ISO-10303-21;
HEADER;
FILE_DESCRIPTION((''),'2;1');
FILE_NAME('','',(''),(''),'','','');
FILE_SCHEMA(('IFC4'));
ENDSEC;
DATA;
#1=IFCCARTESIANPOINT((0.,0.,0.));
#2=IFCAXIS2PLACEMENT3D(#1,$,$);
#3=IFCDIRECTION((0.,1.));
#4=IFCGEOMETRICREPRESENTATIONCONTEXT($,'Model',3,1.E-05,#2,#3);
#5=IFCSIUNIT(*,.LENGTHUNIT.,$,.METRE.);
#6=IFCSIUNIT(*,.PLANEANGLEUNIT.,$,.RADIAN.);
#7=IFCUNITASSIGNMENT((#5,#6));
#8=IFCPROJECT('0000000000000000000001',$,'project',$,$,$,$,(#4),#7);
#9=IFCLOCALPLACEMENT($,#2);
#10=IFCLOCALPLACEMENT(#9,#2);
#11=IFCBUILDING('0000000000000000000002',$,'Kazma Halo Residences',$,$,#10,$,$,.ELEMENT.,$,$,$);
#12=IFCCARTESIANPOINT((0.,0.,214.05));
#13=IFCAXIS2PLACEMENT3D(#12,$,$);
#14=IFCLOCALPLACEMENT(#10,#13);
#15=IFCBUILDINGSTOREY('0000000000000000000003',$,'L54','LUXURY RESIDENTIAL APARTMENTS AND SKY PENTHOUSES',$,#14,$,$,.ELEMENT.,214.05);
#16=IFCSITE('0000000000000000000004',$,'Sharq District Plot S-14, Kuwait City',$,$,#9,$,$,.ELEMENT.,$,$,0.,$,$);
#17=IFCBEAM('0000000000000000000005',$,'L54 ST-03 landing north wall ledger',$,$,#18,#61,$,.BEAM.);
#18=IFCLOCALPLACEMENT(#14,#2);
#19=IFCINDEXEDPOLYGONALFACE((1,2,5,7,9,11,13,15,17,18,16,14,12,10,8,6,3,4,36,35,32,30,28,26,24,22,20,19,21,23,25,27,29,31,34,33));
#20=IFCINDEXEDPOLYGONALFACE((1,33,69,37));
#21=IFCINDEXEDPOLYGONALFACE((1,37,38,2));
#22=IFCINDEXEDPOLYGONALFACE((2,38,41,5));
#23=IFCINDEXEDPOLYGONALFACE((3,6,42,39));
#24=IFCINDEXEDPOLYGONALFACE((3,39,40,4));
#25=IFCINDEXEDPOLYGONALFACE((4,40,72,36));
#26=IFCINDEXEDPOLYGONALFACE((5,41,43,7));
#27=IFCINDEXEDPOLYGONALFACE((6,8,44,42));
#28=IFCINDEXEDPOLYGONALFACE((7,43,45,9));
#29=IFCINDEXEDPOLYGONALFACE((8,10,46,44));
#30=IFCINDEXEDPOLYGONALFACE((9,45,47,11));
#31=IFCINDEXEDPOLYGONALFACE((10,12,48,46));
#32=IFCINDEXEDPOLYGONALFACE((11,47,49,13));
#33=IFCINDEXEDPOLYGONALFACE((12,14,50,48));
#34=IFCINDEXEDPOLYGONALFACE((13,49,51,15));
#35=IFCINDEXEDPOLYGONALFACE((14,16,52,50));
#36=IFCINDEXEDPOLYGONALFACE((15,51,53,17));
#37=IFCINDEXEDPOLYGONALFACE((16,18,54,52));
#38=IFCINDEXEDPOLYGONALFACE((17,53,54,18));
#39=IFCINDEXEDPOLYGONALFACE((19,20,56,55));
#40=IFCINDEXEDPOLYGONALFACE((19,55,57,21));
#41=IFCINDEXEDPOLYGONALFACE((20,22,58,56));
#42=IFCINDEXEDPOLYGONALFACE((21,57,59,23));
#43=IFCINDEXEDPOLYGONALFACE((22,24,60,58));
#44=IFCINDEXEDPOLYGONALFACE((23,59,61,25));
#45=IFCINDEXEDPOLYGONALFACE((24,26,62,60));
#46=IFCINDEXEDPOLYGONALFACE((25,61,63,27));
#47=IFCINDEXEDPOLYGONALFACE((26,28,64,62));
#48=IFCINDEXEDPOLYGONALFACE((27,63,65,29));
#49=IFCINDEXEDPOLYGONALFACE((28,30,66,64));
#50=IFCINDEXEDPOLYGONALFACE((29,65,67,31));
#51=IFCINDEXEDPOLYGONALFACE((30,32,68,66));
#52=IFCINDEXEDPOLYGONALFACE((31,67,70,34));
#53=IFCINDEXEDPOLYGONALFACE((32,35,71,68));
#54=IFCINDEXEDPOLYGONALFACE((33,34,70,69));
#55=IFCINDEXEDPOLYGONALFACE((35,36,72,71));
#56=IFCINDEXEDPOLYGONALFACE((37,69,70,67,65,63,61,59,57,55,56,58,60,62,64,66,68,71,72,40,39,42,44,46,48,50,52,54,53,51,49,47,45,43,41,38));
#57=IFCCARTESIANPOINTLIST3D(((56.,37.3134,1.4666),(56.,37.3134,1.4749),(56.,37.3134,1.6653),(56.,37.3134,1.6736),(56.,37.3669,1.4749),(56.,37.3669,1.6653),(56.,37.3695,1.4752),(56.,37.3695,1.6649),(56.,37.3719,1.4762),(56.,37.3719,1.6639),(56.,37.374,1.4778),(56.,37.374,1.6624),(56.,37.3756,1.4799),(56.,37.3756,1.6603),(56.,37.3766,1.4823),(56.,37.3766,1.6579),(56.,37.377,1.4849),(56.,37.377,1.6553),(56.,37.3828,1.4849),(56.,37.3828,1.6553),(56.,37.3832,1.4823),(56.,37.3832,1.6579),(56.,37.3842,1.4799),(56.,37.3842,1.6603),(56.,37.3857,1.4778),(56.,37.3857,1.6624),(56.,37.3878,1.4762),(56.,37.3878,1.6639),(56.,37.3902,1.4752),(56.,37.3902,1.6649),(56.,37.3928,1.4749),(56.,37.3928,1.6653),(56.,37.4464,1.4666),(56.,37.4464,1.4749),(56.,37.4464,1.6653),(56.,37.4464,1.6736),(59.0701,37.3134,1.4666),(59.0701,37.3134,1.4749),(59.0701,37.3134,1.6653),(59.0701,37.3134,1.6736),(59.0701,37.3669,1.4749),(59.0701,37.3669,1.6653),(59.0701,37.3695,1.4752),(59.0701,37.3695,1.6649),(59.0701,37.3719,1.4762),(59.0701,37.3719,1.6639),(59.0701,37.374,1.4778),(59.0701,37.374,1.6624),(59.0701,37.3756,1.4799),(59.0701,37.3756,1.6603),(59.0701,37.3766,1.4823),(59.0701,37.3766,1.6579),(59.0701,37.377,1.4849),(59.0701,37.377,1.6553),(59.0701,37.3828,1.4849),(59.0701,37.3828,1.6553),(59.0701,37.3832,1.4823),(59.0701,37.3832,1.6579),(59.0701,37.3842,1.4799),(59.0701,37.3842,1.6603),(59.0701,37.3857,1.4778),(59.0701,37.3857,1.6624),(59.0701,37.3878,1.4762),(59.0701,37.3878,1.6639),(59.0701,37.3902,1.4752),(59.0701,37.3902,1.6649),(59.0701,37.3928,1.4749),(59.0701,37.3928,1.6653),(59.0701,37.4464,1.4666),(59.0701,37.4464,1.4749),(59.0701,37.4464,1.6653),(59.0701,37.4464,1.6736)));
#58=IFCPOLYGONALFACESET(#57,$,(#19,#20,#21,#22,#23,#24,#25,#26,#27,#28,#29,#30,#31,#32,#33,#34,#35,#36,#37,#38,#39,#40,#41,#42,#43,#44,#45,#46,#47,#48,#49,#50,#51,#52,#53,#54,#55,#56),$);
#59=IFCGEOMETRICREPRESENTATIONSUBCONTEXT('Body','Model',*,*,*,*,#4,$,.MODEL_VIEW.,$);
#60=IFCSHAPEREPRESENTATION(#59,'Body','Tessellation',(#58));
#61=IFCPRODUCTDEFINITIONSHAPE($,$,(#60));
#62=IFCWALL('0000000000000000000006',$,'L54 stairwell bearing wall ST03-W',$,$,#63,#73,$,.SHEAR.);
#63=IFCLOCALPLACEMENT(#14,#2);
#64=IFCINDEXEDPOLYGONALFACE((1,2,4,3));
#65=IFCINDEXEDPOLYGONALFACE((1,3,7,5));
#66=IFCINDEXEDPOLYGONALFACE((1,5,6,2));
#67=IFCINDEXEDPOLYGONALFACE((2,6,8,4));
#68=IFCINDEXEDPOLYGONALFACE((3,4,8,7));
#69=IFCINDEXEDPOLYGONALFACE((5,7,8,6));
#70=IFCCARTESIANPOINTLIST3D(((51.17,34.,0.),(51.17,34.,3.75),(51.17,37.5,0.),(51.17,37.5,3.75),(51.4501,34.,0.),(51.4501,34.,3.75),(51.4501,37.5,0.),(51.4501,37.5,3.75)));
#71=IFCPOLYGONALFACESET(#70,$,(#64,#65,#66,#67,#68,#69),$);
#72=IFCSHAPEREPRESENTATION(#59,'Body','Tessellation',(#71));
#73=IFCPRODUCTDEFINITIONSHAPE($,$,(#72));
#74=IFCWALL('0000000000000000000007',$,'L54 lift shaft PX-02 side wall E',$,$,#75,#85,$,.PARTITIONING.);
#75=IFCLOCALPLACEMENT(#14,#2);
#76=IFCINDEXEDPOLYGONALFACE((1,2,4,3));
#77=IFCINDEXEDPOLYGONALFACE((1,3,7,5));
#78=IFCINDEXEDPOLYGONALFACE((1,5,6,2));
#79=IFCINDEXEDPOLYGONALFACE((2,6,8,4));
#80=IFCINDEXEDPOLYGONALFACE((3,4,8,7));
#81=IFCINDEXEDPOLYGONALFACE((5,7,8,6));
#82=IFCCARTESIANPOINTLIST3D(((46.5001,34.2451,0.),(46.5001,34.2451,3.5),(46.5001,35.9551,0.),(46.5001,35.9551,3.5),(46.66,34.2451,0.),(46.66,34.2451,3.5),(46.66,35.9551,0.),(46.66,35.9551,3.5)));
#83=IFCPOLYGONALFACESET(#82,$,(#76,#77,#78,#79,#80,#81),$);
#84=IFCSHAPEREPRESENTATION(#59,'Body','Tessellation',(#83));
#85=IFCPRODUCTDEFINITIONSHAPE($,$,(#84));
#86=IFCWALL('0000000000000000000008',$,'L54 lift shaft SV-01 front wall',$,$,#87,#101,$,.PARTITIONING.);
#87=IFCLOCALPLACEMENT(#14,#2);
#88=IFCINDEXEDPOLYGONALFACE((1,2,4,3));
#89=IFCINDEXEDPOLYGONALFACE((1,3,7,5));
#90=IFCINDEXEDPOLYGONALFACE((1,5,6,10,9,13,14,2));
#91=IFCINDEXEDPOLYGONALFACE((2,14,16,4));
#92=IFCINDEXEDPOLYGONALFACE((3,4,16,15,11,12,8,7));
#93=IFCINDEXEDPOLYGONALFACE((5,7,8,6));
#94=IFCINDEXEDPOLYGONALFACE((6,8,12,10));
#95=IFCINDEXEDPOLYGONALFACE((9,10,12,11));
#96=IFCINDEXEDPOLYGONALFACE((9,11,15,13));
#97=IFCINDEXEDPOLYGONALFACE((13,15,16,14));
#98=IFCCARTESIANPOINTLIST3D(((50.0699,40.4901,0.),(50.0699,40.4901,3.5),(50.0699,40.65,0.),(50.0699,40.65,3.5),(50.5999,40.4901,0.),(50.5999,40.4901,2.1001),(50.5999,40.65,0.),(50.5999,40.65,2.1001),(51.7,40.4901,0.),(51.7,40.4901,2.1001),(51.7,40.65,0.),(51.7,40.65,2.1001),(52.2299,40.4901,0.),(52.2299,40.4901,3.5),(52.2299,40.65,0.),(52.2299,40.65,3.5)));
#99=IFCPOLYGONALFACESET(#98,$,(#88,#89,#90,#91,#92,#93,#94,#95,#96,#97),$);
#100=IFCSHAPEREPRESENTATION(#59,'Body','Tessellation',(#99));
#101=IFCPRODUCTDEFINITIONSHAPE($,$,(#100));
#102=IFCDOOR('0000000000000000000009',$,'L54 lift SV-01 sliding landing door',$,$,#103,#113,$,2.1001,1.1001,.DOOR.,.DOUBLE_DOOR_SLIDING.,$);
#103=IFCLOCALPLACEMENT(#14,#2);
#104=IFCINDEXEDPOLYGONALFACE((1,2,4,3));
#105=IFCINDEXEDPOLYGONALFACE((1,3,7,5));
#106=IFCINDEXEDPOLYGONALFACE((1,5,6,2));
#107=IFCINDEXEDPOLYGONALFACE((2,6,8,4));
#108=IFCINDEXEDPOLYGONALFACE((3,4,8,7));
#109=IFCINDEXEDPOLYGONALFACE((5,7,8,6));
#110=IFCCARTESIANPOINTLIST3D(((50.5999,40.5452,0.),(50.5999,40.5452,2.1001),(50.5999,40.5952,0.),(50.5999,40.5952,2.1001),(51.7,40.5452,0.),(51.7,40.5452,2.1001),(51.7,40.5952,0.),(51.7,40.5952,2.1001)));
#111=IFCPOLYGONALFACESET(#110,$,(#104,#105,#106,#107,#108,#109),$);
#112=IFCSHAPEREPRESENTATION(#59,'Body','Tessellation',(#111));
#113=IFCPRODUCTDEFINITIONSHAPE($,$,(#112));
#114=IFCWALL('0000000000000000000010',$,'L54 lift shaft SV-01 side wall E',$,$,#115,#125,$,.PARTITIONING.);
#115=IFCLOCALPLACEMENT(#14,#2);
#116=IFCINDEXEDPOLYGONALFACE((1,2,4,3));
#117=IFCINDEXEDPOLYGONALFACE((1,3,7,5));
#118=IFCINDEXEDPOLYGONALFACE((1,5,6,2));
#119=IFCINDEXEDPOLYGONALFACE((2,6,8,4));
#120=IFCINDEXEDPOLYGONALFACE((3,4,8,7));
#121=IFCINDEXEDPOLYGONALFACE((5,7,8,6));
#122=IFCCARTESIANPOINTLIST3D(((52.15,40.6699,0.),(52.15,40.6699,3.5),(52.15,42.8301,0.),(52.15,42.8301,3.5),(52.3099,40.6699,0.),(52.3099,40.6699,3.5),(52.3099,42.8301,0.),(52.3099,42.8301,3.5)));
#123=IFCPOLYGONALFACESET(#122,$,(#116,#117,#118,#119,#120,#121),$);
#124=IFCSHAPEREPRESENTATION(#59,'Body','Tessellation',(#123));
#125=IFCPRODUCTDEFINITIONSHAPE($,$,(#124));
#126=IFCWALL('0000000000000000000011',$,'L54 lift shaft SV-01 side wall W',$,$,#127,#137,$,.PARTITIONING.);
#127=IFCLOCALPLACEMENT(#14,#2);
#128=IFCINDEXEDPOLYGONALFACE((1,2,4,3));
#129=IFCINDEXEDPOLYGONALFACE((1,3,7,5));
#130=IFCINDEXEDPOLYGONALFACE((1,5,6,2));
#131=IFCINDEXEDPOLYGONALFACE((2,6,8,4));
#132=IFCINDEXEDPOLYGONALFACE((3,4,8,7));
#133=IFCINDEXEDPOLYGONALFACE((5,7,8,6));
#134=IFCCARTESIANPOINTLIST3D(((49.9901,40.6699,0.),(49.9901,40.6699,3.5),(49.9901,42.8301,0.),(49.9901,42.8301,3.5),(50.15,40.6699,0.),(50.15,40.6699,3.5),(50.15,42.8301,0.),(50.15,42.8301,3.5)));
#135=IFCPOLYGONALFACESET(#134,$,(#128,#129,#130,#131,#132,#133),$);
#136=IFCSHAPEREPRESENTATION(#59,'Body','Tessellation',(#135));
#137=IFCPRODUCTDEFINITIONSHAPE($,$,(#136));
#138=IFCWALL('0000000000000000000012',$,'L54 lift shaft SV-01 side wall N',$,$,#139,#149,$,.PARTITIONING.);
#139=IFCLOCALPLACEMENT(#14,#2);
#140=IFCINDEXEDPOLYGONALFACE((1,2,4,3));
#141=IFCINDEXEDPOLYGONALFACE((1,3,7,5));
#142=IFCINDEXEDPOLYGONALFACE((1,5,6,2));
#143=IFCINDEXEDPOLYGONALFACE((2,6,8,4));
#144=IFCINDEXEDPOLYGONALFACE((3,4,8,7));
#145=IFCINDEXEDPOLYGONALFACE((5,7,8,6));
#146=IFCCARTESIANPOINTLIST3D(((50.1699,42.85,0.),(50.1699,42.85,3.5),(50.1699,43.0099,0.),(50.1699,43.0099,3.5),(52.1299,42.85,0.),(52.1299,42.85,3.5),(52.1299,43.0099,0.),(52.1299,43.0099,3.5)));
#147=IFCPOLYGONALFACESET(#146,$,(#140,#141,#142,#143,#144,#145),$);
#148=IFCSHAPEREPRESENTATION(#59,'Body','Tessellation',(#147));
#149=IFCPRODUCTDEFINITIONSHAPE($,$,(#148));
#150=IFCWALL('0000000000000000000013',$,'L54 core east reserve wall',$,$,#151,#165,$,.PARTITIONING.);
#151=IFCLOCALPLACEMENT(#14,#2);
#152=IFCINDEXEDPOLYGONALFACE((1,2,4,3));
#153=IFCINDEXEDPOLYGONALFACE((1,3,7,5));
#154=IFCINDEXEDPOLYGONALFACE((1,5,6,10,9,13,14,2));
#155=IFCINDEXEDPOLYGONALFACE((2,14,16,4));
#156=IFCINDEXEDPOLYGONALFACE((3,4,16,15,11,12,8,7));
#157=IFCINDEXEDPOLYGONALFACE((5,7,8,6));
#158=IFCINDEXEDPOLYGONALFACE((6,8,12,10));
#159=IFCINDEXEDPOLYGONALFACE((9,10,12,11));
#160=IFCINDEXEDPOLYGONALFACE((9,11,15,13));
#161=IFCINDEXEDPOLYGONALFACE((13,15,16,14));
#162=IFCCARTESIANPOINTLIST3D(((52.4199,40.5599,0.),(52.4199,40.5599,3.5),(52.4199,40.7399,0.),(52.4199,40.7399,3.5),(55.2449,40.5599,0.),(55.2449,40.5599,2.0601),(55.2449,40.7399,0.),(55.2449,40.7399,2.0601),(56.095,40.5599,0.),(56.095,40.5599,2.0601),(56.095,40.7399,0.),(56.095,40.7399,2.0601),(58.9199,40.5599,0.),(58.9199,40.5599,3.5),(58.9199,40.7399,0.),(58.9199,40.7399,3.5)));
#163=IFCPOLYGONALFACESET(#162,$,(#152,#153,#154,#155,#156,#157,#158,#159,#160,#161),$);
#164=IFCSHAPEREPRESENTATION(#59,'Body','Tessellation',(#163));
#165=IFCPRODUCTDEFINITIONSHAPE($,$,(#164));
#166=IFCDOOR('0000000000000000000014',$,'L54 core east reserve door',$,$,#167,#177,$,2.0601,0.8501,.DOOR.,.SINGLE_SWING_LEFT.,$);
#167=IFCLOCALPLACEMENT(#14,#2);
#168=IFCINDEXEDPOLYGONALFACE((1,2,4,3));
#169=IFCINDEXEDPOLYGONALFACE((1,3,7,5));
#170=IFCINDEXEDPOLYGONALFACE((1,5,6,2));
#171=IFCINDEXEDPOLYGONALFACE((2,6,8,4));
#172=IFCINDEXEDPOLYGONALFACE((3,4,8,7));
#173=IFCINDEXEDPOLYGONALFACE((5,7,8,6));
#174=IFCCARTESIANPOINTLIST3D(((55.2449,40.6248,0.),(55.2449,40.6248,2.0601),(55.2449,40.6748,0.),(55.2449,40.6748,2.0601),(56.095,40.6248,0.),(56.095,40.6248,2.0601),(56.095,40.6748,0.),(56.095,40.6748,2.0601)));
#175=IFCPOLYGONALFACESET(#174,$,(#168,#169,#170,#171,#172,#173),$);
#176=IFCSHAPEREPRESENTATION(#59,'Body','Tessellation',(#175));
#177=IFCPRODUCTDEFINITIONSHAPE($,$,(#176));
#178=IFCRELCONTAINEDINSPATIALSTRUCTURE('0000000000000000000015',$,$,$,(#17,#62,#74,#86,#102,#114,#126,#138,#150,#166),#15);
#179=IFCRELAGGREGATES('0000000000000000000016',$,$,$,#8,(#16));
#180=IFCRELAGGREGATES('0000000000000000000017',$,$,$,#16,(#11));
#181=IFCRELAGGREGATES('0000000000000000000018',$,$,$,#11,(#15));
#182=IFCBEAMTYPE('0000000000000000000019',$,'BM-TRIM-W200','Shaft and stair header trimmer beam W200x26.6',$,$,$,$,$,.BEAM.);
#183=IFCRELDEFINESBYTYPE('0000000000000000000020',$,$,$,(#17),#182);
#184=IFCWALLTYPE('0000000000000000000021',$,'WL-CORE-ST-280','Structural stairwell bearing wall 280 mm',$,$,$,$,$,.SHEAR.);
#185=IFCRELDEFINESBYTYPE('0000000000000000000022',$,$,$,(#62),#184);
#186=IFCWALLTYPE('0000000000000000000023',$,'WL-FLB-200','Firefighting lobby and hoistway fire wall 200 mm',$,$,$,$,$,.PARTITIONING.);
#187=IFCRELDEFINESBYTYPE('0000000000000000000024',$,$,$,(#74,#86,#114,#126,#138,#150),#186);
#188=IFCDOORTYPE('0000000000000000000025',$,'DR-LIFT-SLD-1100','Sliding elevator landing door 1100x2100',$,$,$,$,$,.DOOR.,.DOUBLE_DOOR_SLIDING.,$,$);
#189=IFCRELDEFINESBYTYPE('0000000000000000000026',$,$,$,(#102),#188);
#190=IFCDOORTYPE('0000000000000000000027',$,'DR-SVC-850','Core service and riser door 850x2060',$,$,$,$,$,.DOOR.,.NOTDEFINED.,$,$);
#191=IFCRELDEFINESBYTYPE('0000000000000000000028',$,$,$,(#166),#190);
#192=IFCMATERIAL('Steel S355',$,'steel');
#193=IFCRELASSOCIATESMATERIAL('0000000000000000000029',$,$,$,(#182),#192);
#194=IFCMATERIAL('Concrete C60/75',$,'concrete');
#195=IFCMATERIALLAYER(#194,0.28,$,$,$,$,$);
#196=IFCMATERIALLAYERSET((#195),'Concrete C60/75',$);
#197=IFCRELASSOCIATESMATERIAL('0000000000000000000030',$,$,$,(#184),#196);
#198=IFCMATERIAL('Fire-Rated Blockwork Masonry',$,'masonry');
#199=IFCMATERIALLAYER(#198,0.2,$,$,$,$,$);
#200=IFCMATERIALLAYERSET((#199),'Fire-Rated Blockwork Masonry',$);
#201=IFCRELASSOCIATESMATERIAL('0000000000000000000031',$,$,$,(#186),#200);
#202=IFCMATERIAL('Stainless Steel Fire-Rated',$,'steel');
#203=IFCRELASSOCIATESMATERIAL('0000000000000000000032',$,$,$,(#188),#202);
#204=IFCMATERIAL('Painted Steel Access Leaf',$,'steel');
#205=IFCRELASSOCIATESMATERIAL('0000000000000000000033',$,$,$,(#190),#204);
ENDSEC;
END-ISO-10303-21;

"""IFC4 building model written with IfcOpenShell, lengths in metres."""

from ifc_helpers import new_model, si_unit, direction, frame, frame_2d, origin, origin_2d, place, context, subcontext, project, spatial, rectangle, i_section, extrude, material, layer, layer_set, material_profile, profile_set, type_object, element, fill, save


model = new_model("IFC4")

# Units and contexts
model_context = context("Model", 3, precision=1e-05, world=origin(), true_north=direction((0.0, 1.0)))
body_context = subcontext(model_context, "Body", "Model", "MODEL_VIEW")
ifc_project = project(units=[si_unit("LENGTHUNIT", "METRE"), si_unit("PLANEANGLEUNIT", "RADIAN")], contexts=[model_context])

# Site, building, storey
site_placement = place(None, origin())
site = spatial("IfcSite", under=ifc_project, at=site_placement, Name="Sharq District Plot S-14, Kuwait City", CompositionType="ELEMENT", RefElevation=0.0)
building_placement = place(site_placement, origin())
building = spatial("IfcBuilding", under=site, at=building_placement, Name="Kazma Halo Residences", CompositionType="ELEMENT")
storey_placement = place(building_placement, frame((0.0, 0.0, 214.05)))
storey = spatial("IfcBuildingStorey", under=building, at=storey_placement, Name="L54", Description="LUXURY RESIDENTIAL APARTMENTS AND SKY PENTHOUSES", CompositionType="ELEMENT", Elevation=214.05)

# Shared definitions
ifc_material_1 = material(Name="Steel S355", Category="steel")

# Beam
ifc_material_profile_1 = material_profile(ifc_material_1, i_section(OverallWidth=0.1331, OverallDepth=0.207, WebThickness=0.0059, FlangeThickness=0.0083, FilletRadius=0.01, at=origin_2d()), Name="W200x26.6")
ifc_profile_set_1 = profile_set([ifc_material_profile_1], Name="Steel S355")
beam_type = type_object("IfcBeamType", Name="BM-TRIM-W200", Description="Shaft and stair header trimmer beam W200x26.6", PredefinedType="BEAM", material=ifc_profile_set_1)
beam_1_placement = place(storey_placement, frame((56.0, 37.3799, 1.5701), z_axis=(1.0, 0.0, 0.0), x_axis=(0.0, 1.0, 0.0)))
element("IfcBeam", 1, at=beam_1_placement, inside=storey, type_object=beam_type, Name="L54 ST-03 landing north wall ledger", PredefinedType="BEAM", context=body_context, shape_type="SweptSolid", body=[
    extrude(i_section(OverallWidth=0.1331, OverallDepth=0.207, WebThickness=0.0059, FlangeThickness=0.0083, FilletRadius=0.01, at=origin_2d()), origin(), (0.0, 0.0, 1.0), 3.0701),
])

# Walls
ifc_material_2 = material(Name="Concrete C60/75", Category="concrete")
ifc_layer_1 = layer(ifc_material_2, 0.28)
ifc_layer_set_1 = layer_set([ifc_layer_1], Name="Concrete C60/75")
wall_type_1 = type_object("IfcWallType", Name="WL-CORE-ST-280", Description="Structural stairwell bearing wall 280 mm", PredefinedType="SHEAR", material=ifc_layer_set_1)
wall_1_placement = place(storey_placement, frame((51.3101, 34.0, 0.0), z_axis=(0.0, 0.0, 1.0), x_axis=(0.0, 1.0, 0.0)))
element("IfcWall", 2, at=wall_1_placement, inside=storey, type_object=wall_type_1, Name="L54 stairwell bearing wall ST03-W", PredefinedType="SHEAR", context=body_context, shape_type="SweptSolid", body=[
    extrude(rectangle(XDim=3.5, YDim=0.28, at=frame_2d((1.75, 0.0))), origin(), (0.0, 0.0, 1.0), 3.75),
])
ifc_material_3 = material(Name="Fire-Rated Blockwork Masonry", Category="masonry")
ifc_layer_2 = layer(ifc_material_3, 0.2)
ifc_layer_set_2 = layer_set([ifc_layer_2], Name="Fire-Rated Blockwork Masonry")
wall_type_2 = type_object("IfcWallType", Name="WL-FLB-200", Description="Firefighting lobby and hoistway fire wall 200 mm", PredefinedType="PARTITIONING", material=ifc_layer_set_2)
wall_2_placement = place(storey_placement, frame((46.5801, 34.2451, 0.0), z_axis=(0.0, 0.0, 1.0), x_axis=(0.0, 1.0, 0.0)))
element("IfcWall", 3, at=wall_2_placement, inside=storey, type_object=wall_type_2, Name="L54 lift shaft PX-02 side wall E", PredefinedType="PARTITIONING", context=body_context, shape_type="SweptSolid", body=[
    extrude(rectangle(XDim=1.71, YDim=0.1599, at=frame_2d((0.855, 0.0))), origin(), (0.0, 0.0, 1.0), 3.5),
])

# Wall, opening, door
wall_3_placement = place(storey_placement, frame((52.23, 40.5701, 0.0), z_axis=(0.0, 0.0, 1.0), x_axis=(-1.0, 0.0, 0.0)))
wall_3 = element("IfcWall", 4, at=wall_3_placement, inside=storey, type_object=wall_type_2, Name="L54 lift shaft SV-01 front wall", PredefinedType="PARTITIONING", context=body_context, shape_type="SweptSolid", body=[
    extrude(rectangle(XDim=2.1599, YDim=0.1599, at=frame_2d((1.0801, 0.0))), origin(), (0.0, 0.0, 1.0), 3.5),
])
opening_1_placement = place(wall_3_placement, frame((0.53, 0.0, 0.0)))
opening_1 = element("IfcOpeningElement", 5, at=opening_1_placement, cuts=wall_3, PredefinedType="OPENING", context=body_context, shape_type="SweptSolid", body=[
    extrude(rectangle(XDim=1.1001, YDim=2.1001, at=frame_2d((0.55, 1.05))), frame((0.0, 0.0898, 0.0), z_axis=(0.0, -1.0, 0.0), x_axis=(1.0, 0.0, 0.0)), (0.0, 0.0, 1.0), 0.1799),
])
ifc_material_4 = material(Name="Stainless Steel Fire-Rated", Category="steel")
door_type_1 = type_object("IfcDoorType", Name="DR-LIFT-SLD-1100", Description="Sliding elevator landing door 1100x2100", OperationType="DOUBLE_DOOR_SLIDING", PredefinedType="DOOR", material=ifc_material_4)
door_1_placement = place(opening_1_placement, origin())
door_1 = element("IfcDoor", 6, at=door_1_placement, inside=storey, type_object=door_type_1, Name="L54 lift SV-01 sliding landing door", OperationType="DOUBLE_DOOR_SLIDING", OverallHeight=2.1001, OverallWidth=1.1001, PredefinedType="DOOR", context=body_context, shape_type="SweptSolid", body=[
    extrude(rectangle(XDim=1.1001, YDim=2.1001, at=frame_2d((0.55, 1.05))), frame((0.0, 0.0249, 0.0), z_axis=(0.0, -1.0, 0.0), x_axis=(1.0, 0.0, 0.0)), (0.0, 0.0, 1.0), 0.05),
])
fill(opening_1, door_1)

# Walls
for number, where, z_axis, x_axis, name in (
    (7, (52.23, 40.6699, 0.0), (0.0, 0.0, 1.0), (0.0, 1.0, 0.0), "L54 lift shaft SV-01 side wall E"),
    (8, (50.0701, 40.6699, 0.0), (0.0, 0.0, 1.0), (0.0, 1.0, 0.0), "L54 lift shaft SV-01 side wall W"),
):
    element("IfcWall", number, at=place(storey_placement, frame(where, z_axis=z_axis, x_axis=x_axis)), inside=storey, type_object=wall_type_2, Name=name, PredefinedType="PARTITIONING", context=body_context, shape_type="SweptSolid", body=[
        extrude(rectangle(XDim=2.1602, YDim=0.1599, at=frame_2d((1.0801, 0.0))), origin(), (0.0, 0.0, 1.0), 3.5),
    ])
wall_4_placement = place(storey_placement, frame((50.1699, 42.9299, 0.0), z_axis=(0.0, 0.0, 1.0), x_axis=(1.0, 0.0, 0.0)))
element("IfcWall", 9, at=wall_4_placement, inside=storey, type_object=wall_type_2, Name="L54 lift shaft SV-01 side wall N", PredefinedType="PARTITIONING", context=body_context, shape_type="SweptSolid", body=[
    extrude(rectangle(XDim=1.96, YDim=0.1599, at=frame_2d((0.98, 0.0))), origin(), (0.0, 0.0, 1.0), 3.5),
])

# Wall, opening, door
wall_5_placement = place(storey_placement, frame((52.4199, 40.6499, 0.0), z_axis=(0.0, 0.0, 1.0), x_axis=(1.0, 0.0, 0.0)))
wall_5 = element("IfcWall", 10, at=wall_5_placement, inside=storey, type_object=wall_type_2, Name="L54 core east reserve wall", PredefinedType="PARTITIONING", context=body_context, shape_type="SweptSolid", body=[
    extrude(rectangle(XDim=6.5, YDim=0.1799, at=frame_2d((3.25, 0.0))), origin(), (0.0, 0.0, 1.0), 3.5),
])
opening_2_placement = place(wall_5_placement, frame((2.825, 0.0, 0.0)))
opening_2 = element("IfcOpeningElement", 11, at=opening_2_placement, cuts=wall_5, PredefinedType="OPENING", context=body_context, shape_type="SweptSolid", body=[
    extrude(rectangle(XDim=0.8501, YDim=2.0601, at=frame_2d((0.425, 1.03))), frame((0.0, 0.0999, 0.0), z_axis=(0.0, -1.0, 0.0), x_axis=(1.0, 0.0, 0.0)), (0.0, 0.0, 1.0), 0.2),
])
ifc_material_5 = material(Name="Painted Steel Access Leaf", Category="steel")
door_type_2 = type_object("IfcDoorType", Name="DR-SVC-850", Description="Core service and riser door 850x2060", OperationType="NOTDEFINED", PredefinedType="DOOR", material=ifc_material_5)
door_2_placement = place(opening_2_placement, origin())
door_2 = element("IfcDoor", 12, at=door_2_placement, inside=storey, type_object=door_type_2, Name="L54 core east reserve door", OperationType="SINGLE_SWING_LEFT", OverallHeight=2.0601, OverallWidth=0.8501, PredefinedType="DOOR", context=body_context, shape_type="SweptSolid", body=[
    extrude(rectangle(XDim=0.8501, YDim=2.0601, at=frame_2d((0.425, 1.03))), frame((0.0, 0.0249, 0.0), z_axis=(0.0, -1.0, 0.0), x_axis=(1.0, 0.0, 0.0)), (0.0, 0.0, 1.0), 0.05),
])
fill(opening_2, door_2)

save(model, "model.ifc")
